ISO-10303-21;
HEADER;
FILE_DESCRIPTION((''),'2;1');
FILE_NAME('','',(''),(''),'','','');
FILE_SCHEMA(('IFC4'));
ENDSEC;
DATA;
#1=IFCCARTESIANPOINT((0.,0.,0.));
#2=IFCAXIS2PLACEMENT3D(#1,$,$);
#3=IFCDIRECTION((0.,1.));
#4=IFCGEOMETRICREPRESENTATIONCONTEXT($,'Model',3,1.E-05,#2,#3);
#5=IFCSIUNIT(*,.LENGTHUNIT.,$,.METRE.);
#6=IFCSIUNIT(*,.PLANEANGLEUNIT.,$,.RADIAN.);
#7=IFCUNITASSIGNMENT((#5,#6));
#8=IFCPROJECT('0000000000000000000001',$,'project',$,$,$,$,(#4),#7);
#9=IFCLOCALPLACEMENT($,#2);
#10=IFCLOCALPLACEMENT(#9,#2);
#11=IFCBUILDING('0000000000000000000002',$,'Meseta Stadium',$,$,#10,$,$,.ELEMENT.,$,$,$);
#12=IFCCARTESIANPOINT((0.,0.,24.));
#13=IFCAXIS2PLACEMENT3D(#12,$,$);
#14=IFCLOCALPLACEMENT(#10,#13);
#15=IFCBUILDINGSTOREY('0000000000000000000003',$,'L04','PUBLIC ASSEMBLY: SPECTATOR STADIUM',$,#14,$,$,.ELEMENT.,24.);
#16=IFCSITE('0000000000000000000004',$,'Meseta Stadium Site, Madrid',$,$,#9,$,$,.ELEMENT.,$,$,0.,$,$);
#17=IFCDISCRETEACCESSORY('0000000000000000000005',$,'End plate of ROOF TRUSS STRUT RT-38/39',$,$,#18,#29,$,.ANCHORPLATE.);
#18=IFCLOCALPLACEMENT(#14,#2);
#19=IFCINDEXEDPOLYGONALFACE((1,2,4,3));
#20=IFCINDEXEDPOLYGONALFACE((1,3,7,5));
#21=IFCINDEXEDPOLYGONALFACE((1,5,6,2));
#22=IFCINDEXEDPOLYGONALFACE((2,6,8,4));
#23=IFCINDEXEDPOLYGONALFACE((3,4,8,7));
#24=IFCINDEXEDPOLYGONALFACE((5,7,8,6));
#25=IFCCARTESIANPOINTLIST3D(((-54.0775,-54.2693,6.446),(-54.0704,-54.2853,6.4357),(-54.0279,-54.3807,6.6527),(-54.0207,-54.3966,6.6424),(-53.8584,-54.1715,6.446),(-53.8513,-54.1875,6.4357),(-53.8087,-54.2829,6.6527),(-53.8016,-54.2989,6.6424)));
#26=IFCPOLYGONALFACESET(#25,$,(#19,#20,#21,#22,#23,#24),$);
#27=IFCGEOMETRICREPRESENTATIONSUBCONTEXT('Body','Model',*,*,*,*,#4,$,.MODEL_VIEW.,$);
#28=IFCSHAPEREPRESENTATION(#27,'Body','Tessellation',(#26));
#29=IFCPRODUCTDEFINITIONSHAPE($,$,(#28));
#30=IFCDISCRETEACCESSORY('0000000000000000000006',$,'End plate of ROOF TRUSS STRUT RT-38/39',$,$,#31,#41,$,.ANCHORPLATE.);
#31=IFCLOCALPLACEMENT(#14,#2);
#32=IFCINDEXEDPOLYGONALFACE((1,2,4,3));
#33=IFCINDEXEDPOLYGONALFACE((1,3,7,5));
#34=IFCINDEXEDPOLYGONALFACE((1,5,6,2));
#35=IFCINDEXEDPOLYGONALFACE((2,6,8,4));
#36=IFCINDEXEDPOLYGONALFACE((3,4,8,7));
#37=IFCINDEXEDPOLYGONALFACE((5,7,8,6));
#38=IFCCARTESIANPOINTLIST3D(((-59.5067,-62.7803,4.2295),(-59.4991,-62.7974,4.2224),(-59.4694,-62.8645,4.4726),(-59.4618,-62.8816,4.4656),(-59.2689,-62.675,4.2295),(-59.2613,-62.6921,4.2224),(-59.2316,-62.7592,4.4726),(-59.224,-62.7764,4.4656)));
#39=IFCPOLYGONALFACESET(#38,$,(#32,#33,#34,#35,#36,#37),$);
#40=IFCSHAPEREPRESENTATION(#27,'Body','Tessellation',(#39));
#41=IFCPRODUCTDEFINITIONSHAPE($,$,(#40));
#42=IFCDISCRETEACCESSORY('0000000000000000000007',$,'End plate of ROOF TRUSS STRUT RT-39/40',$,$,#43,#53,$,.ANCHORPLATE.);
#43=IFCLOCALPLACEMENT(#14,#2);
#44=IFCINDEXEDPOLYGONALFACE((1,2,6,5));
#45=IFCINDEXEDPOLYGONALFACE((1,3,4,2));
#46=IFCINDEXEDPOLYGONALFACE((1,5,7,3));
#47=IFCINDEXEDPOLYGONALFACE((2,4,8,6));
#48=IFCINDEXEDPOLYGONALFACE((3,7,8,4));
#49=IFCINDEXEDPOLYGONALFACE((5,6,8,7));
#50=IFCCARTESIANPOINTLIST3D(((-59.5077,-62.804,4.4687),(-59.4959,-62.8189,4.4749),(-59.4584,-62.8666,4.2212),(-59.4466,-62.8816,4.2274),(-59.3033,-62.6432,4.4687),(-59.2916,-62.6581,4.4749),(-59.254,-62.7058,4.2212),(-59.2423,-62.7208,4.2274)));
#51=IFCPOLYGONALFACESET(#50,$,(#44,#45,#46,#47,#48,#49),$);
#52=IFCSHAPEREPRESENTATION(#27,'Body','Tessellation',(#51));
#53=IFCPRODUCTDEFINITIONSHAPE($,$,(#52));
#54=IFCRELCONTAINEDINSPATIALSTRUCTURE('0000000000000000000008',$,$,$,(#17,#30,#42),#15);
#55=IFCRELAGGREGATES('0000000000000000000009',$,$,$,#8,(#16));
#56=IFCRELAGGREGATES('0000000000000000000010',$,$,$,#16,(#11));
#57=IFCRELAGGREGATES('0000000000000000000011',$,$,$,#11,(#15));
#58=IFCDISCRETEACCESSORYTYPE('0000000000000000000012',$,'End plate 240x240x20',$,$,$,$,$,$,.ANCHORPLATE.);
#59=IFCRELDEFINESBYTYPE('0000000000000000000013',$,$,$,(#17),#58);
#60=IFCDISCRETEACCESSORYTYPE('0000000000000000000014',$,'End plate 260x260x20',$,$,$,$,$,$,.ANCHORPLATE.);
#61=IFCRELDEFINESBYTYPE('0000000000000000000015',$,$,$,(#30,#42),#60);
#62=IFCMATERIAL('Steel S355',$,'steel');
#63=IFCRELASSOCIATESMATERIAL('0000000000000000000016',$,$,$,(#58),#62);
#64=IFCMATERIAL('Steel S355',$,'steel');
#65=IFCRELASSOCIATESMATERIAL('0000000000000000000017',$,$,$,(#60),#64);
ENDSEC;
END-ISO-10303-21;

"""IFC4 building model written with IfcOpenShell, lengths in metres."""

from ifc_helpers import new_model, si_unit, direction, frame, origin, origin_2d, place, context, subcontext, project, spatial, rectangle, extrude, material, material_profile, profile_set, type_object, element, save


model = new_model("IFC4")

# Units and contexts
model_context = context("Model", 3, precision=1e-05, world=origin(), true_north=direction((0.0, 1.0)))
body_context = subcontext(model_context, "Body", "Model", "MODEL_VIEW")
ifc_project = project(units=[si_unit("LENGTHUNIT", "METRE"), si_unit("PLANEANGLEUNIT", "RADIAN")], contexts=[model_context])

# Site, building, storey
site_placement = place(None, origin())
site = spatial("IfcSite", under=ifc_project, at=site_placement, Name="Meseta Stadium Site, Madrid", CompositionType="ELEMENT", RefElevation=0.0)
building_placement = place(site_placement, origin())
building = spatial("IfcBuilding", under=site, at=building_placement, Name="Meseta Stadium", CompositionType="ELEMENT")
storey_placement = place(building_placement, frame((0.0, 0.0, 24.0)))
storey = spatial("IfcBuildingStorey", under=building, at=storey_placement, Name="L04", Description="PUBLIC ASSEMBLY: SPECTATOR STADIUM", CompositionType="ELEMENT", Elevation=24.0)

# Discrete accessories
ifc_material_1 = material(Name="Steel S355", Category="steel")
ifc_material_profile_1 = material_profile(ifc_material_1, rectangle(XDim=0.24, YDim=0.24, at=origin_2d()), Name="PL 240x240")
ifc_profile_set_1 = profile_set([ifc_material_profile_1], Name="Steel S355")
discrete_accessory_type_1 = type_object("IfcDiscreteAccessoryType", Name="End plate 240x240x20", PredefinedType="ANCHORPLATE", material=ifc_profile_set_1)
discrete_accessory_1_placement = place(storey_placement, frame((-53.9431, -54.2761, 6.5493), z_axis=(0.350903, -0.786508, -0.508205), x_axis=(0.913231, 0.407442, 0.0)))
element("IfcDiscreteAccessory", 1, at=discrete_accessory_1_placement, inside=storey, type_object=discrete_accessory_type_1, Name="End plate of ROOF TRUSS STRUT RT-38/39", PredefinedType="ANCHORPLATE", context=body_context, shape_type="SweptSolid", body=[
    extrude(rectangle(XDim=0.24, YDim=0.24, at=origin_2d()), origin(), (0.0, 0.0, 1.0), 0.0203),
])
ifc_material_2 = material(Name="Steel S355", Category="steel")
ifc_material_profile_2 = material_profile(ifc_material_2, rectangle(XDim=0.26, YDim=0.26, at=origin_2d()), Name="PL 260x260")
ifc_profile_set_2 = profile_set([ifc_material_profile_2], Name="Steel S355")
discrete_accessory_type_2 = type_object("IfcDiscreteAccessoryType", Name="End plate 260x260x20", PredefinedType="ANCHORPLATE", material=ifc_profile_set_2)
for number, where, z_axis, x_axis, name in (
    (2, (-59.3691, -62.7698, 4.3511), (0.378669, -0.855058, -0.354239), (0.914349, 0.404926, 0.0), "End plate of ROOF TRUSS STRUT RT-38/39"),
    (3, (-59.3809, -62.7549, 4.345), (0.588614, -0.74803, 0.30657), (0.785871, 0.61839, 0.0), "End plate of ROOF TRUSS STRUT RT-39/40"),
):
    element("IfcDiscreteAccessory", number, at=place(storey_placement, frame(where, z_axis=z_axis, x_axis=x_axis)), inside=storey, type_object=discrete_accessory_type_2, Name=name, PredefinedType="ANCHORPLATE", context=body_context, shape_type="SweptSolid", body=[
        extrude(rectangle(XDim=0.26, YDim=0.26, at=origin_2d()), origin(), (0.0, 0.0, 1.0), 0.02),
    ])

save(model, "model.ifc")
